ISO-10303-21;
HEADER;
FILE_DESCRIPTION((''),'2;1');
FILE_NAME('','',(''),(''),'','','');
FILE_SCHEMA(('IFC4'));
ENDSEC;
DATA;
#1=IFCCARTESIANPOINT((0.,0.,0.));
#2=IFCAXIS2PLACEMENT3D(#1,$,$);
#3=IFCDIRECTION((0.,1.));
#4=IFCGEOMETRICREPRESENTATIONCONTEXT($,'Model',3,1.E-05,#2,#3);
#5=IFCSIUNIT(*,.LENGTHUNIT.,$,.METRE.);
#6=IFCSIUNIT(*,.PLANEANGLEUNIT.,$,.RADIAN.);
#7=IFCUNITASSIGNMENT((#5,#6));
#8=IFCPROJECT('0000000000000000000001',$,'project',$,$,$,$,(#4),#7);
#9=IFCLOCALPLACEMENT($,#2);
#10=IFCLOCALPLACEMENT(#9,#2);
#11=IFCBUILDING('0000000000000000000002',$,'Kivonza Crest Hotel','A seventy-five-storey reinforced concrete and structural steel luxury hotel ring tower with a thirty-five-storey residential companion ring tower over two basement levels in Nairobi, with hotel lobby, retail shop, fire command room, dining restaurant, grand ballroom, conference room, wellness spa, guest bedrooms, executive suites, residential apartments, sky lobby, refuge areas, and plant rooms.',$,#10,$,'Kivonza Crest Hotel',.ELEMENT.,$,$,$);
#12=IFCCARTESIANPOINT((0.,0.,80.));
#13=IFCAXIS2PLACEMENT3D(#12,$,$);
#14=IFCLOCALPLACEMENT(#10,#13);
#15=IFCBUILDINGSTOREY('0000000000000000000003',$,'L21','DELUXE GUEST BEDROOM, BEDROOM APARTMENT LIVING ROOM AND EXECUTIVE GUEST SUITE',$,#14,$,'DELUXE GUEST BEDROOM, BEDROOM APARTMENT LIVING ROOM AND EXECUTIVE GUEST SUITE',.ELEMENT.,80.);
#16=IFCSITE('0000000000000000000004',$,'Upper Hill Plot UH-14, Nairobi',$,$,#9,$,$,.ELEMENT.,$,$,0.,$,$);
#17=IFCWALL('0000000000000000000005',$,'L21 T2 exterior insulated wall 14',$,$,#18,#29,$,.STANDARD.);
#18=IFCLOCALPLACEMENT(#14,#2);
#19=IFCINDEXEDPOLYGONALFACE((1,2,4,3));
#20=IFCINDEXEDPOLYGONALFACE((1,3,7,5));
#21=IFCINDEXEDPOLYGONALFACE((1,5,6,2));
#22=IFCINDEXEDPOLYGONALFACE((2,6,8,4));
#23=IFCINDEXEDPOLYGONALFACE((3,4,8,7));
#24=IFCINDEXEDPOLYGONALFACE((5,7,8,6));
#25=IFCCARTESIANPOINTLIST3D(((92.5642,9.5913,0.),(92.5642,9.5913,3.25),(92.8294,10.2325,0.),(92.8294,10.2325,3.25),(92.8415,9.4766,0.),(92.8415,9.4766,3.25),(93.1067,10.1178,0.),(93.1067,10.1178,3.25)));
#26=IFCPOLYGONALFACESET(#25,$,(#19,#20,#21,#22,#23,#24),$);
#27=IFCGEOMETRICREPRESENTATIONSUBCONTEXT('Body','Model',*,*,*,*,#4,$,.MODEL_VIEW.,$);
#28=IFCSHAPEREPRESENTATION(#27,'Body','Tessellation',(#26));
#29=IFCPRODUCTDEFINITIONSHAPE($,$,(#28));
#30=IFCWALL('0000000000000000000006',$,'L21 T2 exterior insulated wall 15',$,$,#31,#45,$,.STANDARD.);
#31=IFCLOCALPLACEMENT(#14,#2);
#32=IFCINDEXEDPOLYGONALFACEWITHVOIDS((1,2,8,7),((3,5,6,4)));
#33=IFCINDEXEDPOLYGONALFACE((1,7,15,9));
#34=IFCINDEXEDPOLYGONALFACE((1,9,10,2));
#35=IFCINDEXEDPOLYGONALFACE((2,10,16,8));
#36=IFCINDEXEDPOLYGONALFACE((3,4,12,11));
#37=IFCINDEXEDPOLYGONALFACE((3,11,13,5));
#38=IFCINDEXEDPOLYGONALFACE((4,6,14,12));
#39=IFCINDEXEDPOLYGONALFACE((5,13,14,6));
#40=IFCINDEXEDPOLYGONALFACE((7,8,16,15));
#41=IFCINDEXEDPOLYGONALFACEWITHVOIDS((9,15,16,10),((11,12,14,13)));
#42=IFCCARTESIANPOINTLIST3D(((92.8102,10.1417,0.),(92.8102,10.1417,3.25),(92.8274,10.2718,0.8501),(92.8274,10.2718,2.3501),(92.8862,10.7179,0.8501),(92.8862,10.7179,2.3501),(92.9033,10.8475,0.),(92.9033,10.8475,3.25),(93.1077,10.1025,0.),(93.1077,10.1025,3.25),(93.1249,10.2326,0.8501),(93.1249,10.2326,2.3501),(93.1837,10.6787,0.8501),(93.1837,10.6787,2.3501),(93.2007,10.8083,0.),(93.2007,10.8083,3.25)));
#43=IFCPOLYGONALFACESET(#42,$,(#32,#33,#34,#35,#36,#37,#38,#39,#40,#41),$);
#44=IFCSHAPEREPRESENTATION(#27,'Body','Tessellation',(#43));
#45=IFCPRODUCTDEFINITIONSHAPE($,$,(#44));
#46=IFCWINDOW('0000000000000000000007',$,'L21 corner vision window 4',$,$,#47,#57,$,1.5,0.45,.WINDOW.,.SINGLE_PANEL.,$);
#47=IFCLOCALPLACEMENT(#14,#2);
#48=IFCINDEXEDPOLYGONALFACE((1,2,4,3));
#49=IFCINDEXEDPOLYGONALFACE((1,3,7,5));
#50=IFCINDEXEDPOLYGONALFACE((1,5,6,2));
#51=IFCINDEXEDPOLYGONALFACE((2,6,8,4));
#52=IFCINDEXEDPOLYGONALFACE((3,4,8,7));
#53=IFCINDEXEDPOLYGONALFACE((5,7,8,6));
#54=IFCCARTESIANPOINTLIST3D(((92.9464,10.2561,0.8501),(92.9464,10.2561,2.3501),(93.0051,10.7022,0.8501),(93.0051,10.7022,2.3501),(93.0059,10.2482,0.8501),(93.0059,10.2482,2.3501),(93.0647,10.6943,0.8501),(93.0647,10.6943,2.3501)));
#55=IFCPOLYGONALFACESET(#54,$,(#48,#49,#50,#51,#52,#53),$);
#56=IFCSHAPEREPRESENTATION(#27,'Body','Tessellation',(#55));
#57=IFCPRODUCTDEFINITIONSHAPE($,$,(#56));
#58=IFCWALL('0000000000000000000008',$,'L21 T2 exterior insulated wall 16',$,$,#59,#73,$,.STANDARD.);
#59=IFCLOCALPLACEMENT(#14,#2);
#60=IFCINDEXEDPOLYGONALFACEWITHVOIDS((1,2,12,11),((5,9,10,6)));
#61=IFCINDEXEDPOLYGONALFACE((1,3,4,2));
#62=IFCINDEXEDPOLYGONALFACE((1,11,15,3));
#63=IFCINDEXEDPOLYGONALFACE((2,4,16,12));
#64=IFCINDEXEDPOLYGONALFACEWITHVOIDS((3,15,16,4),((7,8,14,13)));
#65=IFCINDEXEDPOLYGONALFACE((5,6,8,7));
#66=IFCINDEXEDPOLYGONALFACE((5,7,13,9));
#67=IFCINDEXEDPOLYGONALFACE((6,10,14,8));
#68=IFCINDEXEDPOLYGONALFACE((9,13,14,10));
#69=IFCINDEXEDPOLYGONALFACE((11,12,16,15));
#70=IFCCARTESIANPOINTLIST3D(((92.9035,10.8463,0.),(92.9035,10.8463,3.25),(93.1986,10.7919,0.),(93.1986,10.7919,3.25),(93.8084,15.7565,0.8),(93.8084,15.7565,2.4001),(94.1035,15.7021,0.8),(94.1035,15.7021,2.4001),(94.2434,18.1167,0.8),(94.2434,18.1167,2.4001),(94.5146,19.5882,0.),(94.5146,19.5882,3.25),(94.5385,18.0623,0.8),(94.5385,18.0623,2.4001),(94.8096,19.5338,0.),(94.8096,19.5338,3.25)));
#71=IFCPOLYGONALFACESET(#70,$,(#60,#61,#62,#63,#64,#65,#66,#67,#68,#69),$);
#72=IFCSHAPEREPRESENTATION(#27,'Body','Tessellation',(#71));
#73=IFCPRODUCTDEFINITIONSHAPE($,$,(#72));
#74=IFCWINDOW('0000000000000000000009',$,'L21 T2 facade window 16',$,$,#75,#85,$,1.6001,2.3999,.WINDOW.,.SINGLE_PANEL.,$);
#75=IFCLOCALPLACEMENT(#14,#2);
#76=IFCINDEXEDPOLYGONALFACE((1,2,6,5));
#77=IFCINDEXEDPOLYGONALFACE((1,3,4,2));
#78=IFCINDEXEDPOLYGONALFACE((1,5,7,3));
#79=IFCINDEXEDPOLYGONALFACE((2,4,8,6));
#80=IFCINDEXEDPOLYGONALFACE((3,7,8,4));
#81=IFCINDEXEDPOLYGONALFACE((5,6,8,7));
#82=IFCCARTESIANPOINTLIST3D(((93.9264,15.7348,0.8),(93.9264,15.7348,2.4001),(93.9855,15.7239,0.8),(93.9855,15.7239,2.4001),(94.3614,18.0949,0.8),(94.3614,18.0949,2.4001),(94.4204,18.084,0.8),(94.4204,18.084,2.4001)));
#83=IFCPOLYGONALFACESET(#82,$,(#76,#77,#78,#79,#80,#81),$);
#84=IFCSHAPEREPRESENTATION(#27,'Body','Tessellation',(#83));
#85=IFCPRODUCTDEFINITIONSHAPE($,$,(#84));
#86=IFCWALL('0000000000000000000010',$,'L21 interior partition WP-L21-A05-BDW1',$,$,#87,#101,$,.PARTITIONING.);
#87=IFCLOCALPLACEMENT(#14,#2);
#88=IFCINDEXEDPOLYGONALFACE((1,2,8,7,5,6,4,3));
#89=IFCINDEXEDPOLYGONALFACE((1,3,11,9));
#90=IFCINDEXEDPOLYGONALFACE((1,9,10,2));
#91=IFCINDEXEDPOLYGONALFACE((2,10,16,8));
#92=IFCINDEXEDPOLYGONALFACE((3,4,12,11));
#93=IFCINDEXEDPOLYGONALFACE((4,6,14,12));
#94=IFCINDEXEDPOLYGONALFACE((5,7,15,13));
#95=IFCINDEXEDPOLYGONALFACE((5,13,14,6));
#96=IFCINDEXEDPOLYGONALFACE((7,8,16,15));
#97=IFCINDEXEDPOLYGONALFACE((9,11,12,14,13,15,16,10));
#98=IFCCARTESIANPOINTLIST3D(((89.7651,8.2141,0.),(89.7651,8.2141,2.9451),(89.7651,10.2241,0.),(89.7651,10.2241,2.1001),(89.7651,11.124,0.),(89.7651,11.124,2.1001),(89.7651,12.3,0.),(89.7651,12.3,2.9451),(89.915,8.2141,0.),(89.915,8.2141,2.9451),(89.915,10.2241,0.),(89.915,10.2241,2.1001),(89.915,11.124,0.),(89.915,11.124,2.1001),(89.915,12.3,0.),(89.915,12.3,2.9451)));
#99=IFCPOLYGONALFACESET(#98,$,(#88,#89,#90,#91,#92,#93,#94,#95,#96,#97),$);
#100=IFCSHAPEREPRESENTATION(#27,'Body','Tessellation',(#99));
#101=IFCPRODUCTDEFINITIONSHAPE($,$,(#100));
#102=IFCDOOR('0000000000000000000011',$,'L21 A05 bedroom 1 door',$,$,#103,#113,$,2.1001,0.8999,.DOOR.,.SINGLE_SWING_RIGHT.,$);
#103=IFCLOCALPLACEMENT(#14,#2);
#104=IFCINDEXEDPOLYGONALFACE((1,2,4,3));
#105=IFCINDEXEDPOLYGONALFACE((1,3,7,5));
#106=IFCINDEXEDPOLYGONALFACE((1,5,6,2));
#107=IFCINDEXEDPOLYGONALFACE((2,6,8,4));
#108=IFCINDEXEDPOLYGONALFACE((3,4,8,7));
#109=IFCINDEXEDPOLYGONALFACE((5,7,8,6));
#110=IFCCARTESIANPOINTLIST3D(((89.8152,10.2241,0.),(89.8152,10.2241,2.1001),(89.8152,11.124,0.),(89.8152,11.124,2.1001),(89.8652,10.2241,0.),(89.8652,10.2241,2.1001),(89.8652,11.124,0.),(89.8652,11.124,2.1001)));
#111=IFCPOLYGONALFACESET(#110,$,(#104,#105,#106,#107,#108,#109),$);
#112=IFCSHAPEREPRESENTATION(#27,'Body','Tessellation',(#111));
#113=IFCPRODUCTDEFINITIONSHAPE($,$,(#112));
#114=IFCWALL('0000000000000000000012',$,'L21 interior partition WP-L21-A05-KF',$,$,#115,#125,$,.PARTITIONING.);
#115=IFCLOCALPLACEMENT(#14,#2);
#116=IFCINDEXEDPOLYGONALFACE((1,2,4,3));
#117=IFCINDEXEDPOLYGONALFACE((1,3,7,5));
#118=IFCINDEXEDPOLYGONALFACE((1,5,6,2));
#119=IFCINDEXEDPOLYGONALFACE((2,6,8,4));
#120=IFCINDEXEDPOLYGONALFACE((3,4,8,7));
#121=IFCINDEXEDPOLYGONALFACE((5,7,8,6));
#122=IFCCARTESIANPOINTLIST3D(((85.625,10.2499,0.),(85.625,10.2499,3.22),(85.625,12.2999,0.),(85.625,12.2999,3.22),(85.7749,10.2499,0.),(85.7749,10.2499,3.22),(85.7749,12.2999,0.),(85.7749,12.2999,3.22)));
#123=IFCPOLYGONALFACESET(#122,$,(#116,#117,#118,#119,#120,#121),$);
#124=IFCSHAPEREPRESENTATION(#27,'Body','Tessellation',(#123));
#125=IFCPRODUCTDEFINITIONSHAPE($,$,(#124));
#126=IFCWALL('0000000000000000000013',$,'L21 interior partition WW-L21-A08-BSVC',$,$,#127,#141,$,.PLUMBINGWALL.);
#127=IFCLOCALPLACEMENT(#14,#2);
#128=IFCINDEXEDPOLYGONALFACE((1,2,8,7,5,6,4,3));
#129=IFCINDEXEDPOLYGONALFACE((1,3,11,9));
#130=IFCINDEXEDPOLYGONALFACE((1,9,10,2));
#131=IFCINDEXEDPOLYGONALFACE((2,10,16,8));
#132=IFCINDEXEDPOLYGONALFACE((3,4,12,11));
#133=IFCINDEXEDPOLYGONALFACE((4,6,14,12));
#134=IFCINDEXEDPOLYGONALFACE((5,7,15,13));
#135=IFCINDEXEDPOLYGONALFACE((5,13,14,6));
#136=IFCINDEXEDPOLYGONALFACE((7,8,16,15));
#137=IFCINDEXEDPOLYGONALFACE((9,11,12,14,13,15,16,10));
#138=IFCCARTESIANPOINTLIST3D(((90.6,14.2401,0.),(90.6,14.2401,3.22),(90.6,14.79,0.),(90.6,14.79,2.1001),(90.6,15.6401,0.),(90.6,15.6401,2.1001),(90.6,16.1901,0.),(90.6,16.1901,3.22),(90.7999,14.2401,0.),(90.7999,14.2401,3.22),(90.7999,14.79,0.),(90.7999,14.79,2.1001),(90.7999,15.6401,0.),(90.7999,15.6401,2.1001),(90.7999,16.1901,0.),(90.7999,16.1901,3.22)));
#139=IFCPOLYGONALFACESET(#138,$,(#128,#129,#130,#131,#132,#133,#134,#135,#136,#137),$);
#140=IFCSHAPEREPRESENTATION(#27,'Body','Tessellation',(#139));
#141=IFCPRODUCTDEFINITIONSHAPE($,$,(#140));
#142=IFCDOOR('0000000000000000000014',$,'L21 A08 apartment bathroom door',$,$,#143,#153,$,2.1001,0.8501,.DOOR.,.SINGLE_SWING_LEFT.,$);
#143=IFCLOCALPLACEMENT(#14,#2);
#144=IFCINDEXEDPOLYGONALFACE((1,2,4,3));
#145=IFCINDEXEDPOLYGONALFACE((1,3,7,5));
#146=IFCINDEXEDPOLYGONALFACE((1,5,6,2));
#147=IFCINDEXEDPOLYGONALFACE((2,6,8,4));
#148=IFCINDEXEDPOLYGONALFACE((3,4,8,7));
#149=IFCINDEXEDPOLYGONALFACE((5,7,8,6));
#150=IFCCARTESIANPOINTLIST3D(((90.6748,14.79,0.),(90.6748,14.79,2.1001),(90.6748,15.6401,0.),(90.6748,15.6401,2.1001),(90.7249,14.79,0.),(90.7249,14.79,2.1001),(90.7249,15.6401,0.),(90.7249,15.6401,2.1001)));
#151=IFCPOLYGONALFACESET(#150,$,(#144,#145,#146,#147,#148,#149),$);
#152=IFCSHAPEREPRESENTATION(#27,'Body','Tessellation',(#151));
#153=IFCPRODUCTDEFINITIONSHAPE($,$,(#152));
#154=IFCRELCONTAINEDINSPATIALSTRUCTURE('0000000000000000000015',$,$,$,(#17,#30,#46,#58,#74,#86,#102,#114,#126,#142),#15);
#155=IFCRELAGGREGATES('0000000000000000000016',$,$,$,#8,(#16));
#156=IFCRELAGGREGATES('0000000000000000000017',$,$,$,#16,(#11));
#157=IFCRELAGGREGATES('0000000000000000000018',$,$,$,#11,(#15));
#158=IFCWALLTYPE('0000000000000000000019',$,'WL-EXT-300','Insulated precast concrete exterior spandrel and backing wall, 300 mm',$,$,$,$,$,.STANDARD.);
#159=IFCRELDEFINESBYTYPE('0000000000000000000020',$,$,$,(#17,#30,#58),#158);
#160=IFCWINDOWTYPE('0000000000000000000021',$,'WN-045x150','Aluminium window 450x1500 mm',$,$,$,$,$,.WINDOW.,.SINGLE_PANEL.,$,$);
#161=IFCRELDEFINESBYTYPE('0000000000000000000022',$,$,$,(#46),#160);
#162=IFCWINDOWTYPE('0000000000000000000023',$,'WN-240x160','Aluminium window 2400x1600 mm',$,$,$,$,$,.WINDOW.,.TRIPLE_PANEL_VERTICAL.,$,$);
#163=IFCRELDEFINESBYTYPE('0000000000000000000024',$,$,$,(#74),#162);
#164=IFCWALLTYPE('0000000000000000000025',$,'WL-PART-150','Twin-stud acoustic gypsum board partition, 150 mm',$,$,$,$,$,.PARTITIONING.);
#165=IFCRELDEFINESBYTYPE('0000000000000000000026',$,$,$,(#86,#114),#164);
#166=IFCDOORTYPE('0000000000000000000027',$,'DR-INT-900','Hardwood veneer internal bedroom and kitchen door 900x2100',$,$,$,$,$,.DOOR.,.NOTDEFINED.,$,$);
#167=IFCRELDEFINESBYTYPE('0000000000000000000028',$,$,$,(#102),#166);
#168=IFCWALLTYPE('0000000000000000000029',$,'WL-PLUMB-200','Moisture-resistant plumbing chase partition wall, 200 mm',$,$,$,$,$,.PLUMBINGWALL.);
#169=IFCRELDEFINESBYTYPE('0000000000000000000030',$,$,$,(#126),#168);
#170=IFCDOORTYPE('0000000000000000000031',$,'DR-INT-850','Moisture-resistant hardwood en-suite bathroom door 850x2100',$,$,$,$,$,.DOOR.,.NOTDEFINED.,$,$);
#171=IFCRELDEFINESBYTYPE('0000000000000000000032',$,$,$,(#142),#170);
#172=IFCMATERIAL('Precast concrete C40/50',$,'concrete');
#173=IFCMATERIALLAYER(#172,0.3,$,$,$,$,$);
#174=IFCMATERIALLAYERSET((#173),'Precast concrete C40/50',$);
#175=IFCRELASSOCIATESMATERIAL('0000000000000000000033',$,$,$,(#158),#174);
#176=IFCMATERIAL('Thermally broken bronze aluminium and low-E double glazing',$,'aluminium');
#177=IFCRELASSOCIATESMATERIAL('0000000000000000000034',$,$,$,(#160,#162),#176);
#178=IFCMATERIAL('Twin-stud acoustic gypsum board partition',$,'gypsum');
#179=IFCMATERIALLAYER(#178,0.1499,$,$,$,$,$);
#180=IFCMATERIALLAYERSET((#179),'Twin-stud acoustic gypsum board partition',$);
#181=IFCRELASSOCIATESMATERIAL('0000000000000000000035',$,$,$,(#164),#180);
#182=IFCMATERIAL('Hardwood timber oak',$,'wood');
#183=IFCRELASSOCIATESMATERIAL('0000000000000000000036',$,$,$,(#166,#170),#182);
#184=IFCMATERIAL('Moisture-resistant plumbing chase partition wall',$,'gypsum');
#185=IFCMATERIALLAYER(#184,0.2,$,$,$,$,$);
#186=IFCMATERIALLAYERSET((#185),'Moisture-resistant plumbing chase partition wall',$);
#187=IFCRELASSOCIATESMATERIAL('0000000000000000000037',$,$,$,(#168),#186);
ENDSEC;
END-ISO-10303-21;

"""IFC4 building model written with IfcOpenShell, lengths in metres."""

from ifc_helpers import new_model, si_unit, direction, frame, frame_2d, origin, place, context, subcontext, project, spatial, rectangle, extrude, material, layer, layer_set, type_object, element, fill, save


model = new_model("IFC4")

# Units and contexts
model_context = context("Model", 3, precision=1e-05, world=origin(), true_north=direction((0.0, 1.0)))
body_context = subcontext(model_context, "Body", "Model", "MODEL_VIEW")
ifc_project = project(units=[si_unit("LENGTHUNIT", "METRE"), si_unit("PLANEANGLEUNIT", "RADIAN")], contexts=[model_context])

# Site, building, storey
site_placement = place(None, origin())
site = spatial("IfcSite", under=ifc_project, at=site_placement, Name="Upper Hill Plot UH-14, Nairobi", CompositionType="ELEMENT", RefElevation=0.0)
building_placement = place(site_placement, origin())
building = spatial("IfcBuilding", under=site, at=building_placement, Name="Kivonza Crest Hotel", Description="A seventy-five-storey reinforced concrete and structural steel luxury hotel ring tower with a thirty-five-storey residential companion ring tower over two basement levels in Nairobi, with hotel lobby, retail shop, fire command room, dining restaurant, grand ballroom, conference room, wellness spa, guest bedrooms, executive suites, residential apartments, sky lobby, refuge areas, and plant rooms.", LongName="Kivonza Crest Hotel", CompositionType="ELEMENT")
storey_placement = place(building_placement, frame((0.0, 0.0, 80.0)))
storey = spatial("IfcBuildingStorey", under=building, at=storey_placement, Name="L21", Description="DELUXE GUEST BEDROOM, BEDROOM APARTMENT LIVING ROOM AND EXECUTIVE GUEST SUITE", LongName="DELUXE GUEST BEDROOM, BEDROOM APARTMENT LIVING ROOM AND EXECUTIVE GUEST SUITE", CompositionType="ELEMENT", Elevation=80.0)

# Shared definitions
ifc_material_1 = material(Name="Hardwood timber oak", Category="wood")

# Wall
ifc_material_2 = material(Name="Precast concrete C40/50", Category="concrete")
ifc_layer_1 = layer(ifc_material_2, 0.3)
ifc_layer_set_1 = layer_set([ifc_layer_1], Name="Precast concrete C40/50")
wall_type_1 = type_object("IfcWallType", Name="WL-EXT-300", Description="Insulated precast concrete exterior spandrel and backing wall, 300 mm", PredefinedType="STANDARD", material=ifc_layer_set_1)
for number, where, z_axis, x_axis, name in (
    (1, (92.7029, 9.5339, 0.0), (0.0, 0.0, 1.0), (0.382165, 0.924094, 0.0), "L21 T2 exterior insulated wall 14"),
):
    element("IfcWall", number, at=place(storey_placement, frame(where, z_axis=z_axis, x_axis=x_axis)), inside=storey, type_object=wall_type_1, Name=name, PredefinedType="STANDARD", context=body_context, shape_type="SweptSolid", body=[
        extrude(rectangle(XDim=0.6938, YDim=0.3, at=frame_2d((0.3469, 0.0))), origin(), (0.0, 0.0, 1.0), 3.25),
    ])

# Walls, openings, windows
wall_1_placement = place(storey_placement, frame((92.959, 10.1221, 0.0), z_axis=(0.0, 0.0, 1.0), x_axis=(0.130659, 0.991427, 0.0)))
wall_1 = element("IfcWall", 2, at=wall_1_placement, inside=storey, type_object=wall_type_1, Name="L21 T2 exterior insulated wall 15", PredefinedType="STANDARD", context=body_context, shape_type="SweptSolid", body=[
    extrude(rectangle(XDim=0.7119, YDim=0.3, at=frame_2d((0.356, 0.0))), origin(), (0.0, 0.0, 1.0), 3.25),
])
opening_1_placement = place(wall_1_placement, frame((0.1311, 0.0, 0.8501)))
opening_1 = element("IfcOpeningElement", 3, at=opening_1_placement, cuts=wall_1, PredefinedType="OPENING", context=body_context, shape_type="SweptSolid", body=[
    extrude(rectangle(XDim=0.45, YDim=1.5, at=frame_2d((0.2251, 0.75))), frame((0.0, 0.1602, 0.0), z_axis=(0.0, -1.0, 0.0), x_axis=(1.0, 0.0, 0.0)), (0.0, 0.0, 1.0), 0.3201),
])
ifc_material_3 = material(Name="Thermally broken bronze aluminium and low-E double glazing", Category="aluminium")
window_type_1 = type_object("IfcWindowType", Name="WN-045x150", Description="Aluminium window 450x1500 mm", PartitioningType="SINGLE_PANEL", PredefinedType="WINDOW", material=ifc_material_3)
window_1_placement = place(opening_1_placement, origin())
window_1 = element("IfcWindow", 4, at=window_1_placement, inside=storey, type_object=window_type_1, Name="L21 corner vision window 4", OverallHeight=1.5, OverallWidth=0.45, PartitioningType="SINGLE_PANEL", PredefinedType="WINDOW", context=body_context, shape_type="SweptSolid", body=[
    extrude(rectangle(XDim=0.45, YDim=1.5, at=frame_2d((0.2251, 0.75))), frame((0.0, 0.03, 0.0), z_axis=(0.0, -1.0, 0.0), x_axis=(1.0, 0.0, 0.0)), (0.0, 0.0, 1.0), 0.0601),
])
fill(opening_1, window_1)
wall_2_placement = place(storey_placement, frame((93.051, 10.8191, 0.0), z_axis=(0.0, 0.0, 1.0), x_axis=(0.181241, 0.983439, 0.0)))
wall_2 = element("IfcWall", 5, at=wall_2_placement, inside=storey, type_object=wall_type_1, Name="L21 T2 exterior insulated wall 16", PredefinedType="STANDARD", context=body_context, shape_type="SweptSolid", body=[
    extrude(rectangle(XDim=8.8892, YDim=0.3, at=frame_2d((4.4446, 0.0))), origin(), (0.0, 0.0, 1.0), 3.25),
])
opening_2_placement = place(wall_2_placement, frame((4.9929, 0.0, 0.8)))
opening_2 = element("IfcOpeningElement", 6, at=opening_2_placement, cuts=wall_2, PredefinedType="OPENING", context=body_context, shape_type="SweptSolid", body=[
    extrude(rectangle(XDim=2.3999, YDim=1.6001, at=frame_2d((1.2, 0.8))), frame((0.0, 0.1602, 0.0), z_axis=(0.0, -1.0, 0.0), x_axis=(1.0, 0.0, 0.0)), (0.0, 0.0, 1.0), 0.3201),
])
window_type_2 = type_object("IfcWindowType", Name="WN-240x160", Description="Aluminium window 2400x1600 mm", PartitioningType="TRIPLE_PANEL_VERTICAL", PredefinedType="WINDOW", material=ifc_material_3)
window_2_placement = place(opening_2_placement, origin())
window_2 = element("IfcWindow", 7, at=window_2_placement, inside=storey, type_object=window_type_2, Name="L21 T2 facade window 16", OverallHeight=1.6001, OverallWidth=2.3999, PartitioningType="SINGLE_PANEL", PredefinedType="WINDOW", context=body_context, shape_type="SweptSolid", body=[
    extrude(rectangle(XDim=2.3999, YDim=1.6001, at=frame_2d((1.2, 0.8))), frame((0.0, 0.03, 0.0), z_axis=(0.0, -1.0, 0.0), x_axis=(1.0, 0.0, 0.0)), (0.0, 0.0, 1.0), 0.0601),
])
fill(opening_2, window_2)

# Wall, opening, door
ifc_material_4 = material(Name="Twin-stud acoustic gypsum board partition", Category="gypsum")
ifc_layer_2 = layer(ifc_material_4, 0.1499)
ifc_layer_set_2 = layer_set([ifc_layer_2], Name="Twin-stud acoustic gypsum board partition")
wall_type_2 = type_object("IfcWallType", Name="WL-PART-150", Description="Twin-stud acoustic gypsum board partition, 150 mm", PredefinedType="PARTITIONING", material=ifc_layer_set_2)
wall_3_placement = place(storey_placement, frame((89.8401, 8.2141, 0.0), z_axis=(0.0, 0.0, 1.0), x_axis=(0.0, 1.0, 0.0)))
wall_3 = element("IfcWall", 8, at=wall_3_placement, inside=storey, type_object=wall_type_2, Name="L21 interior partition WP-L21-A05-BDW1", PredefinedType="PARTITIONING", context=body_context, shape_type="SweptSolid", body=[
    extrude(rectangle(XDim=4.0859, YDim=0.1499, at=frame_2d((2.043, 0.0))), origin(), (0.0, 0.0, 1.0), 2.9451),
])
opening_3_placement = place(wall_3_placement, frame((2.01, 0.0, 0.0)))
opening_3 = element("IfcOpeningElement", 9, at=opening_3_placement, cuts=wall_3, PredefinedType="OPENING", context=body_context, shape_type="SweptSolid", body=[
    extrude(rectangle(XDim=0.8999, YDim=2.1001, at=frame_2d((0.45, 1.05))), frame((0.0, 0.085, 0.0), z_axis=(0.0, -1.0, 0.0), x_axis=(1.0, 0.0, 0.0)), (0.0, 0.0, 1.0), 0.1699),
])
door_type_1 = type_object("IfcDoorType", Name="DR-INT-900", Description="Hardwood veneer internal bedroom and kitchen door 900x2100", OperationType="NOTDEFINED", PredefinedType="DOOR", material=ifc_material_1)
door_1_placement = place(opening_3_placement, origin())
door_1 = element("IfcDoor", 10, at=door_1_placement, inside=storey, type_object=door_type_1, Name="L21 A05 bedroom 1 door", OperationType="SINGLE_SWING_RIGHT", OverallHeight=2.1001, OverallWidth=0.8999, PredefinedType="DOOR", context=body_context, shape_type="SweptSolid", body=[
    extrude(rectangle(XDim=0.8999, YDim=2.1001, at=frame_2d((0.45, 1.05))), frame((0.0, 0.0249, 0.0), z_axis=(0.0, -1.0, 0.0), x_axis=(1.0, 0.0, 0.0)), (0.0, 0.0, 1.0), 0.05),
])
fill(opening_3, door_1)

# Wall
wall_4_placement = place(storey_placement, frame((85.7, 10.25, 0.0), z_axis=(0.0, 0.0, 1.0), x_axis=(0.0, 1.0, 0.0)))
element("IfcWall", 11, at=wall_4_placement, inside=storey, type_object=wall_type_2, Name="L21 interior partition WP-L21-A05-KF", PredefinedType="PARTITIONING", context=body_context, shape_type="SweptSolid", body=[
    extrude(rectangle(XDim=2.05, YDim=0.1499, at=frame_2d((1.0249, 0.0))), origin(), (0.0, 0.0, 1.0), 3.22),
])

# Wall, opening, door
ifc_material_5 = material(Name="Moisture-resistant plumbing chase partition wall", Category="gypsum")
ifc_layer_3 = layer(ifc_material_5, 0.2)
ifc_layer_set_3 = layer_set([ifc_layer_3], Name="Moisture-resistant plumbing chase partition wall")
wall_type_3 = type_object("IfcWallType", Name="WL-PLUMB-200", Description="Moisture-resistant plumbing chase partition wall, 200 mm", PredefinedType="PLUMBINGWALL", material=ifc_layer_set_3)
wall_5_placement = place(storey_placement, frame((90.7, 14.24, 0.0), z_axis=(0.0, 0.0, 1.0), x_axis=(0.0, 1.0, 0.0)))
wall_5 = element("IfcWall", 12, at=wall_5_placement, inside=storey, type_object=wall_type_3, Name="L21 interior partition WW-L21-A08-BSVC", PredefinedType="PLUMBINGWALL", context=body_context, shape_type="SweptSolid", body=[
    extrude(rectangle(XDim=1.95, YDim=0.2, at=frame_2d((0.9751, 0.0))), origin(), (0.0, 0.0, 1.0), 3.22),
])
opening_4_placement = place(wall_5_placement, frame((0.55, 0.0, 0.0)))
opening_4 = element("IfcOpeningElement", 13, at=opening_4_placement, cuts=wall_5, PredefinedType="OPENING", context=body_context, shape_type="SweptSolid", body=[
    extrude(rectangle(XDim=0.8501, YDim=2.1001, at=frame_2d((0.425, 1.05))), frame((0.0, 0.1099, 0.0), z_axis=(0.0, -1.0, 0.0), x_axis=(1.0, 0.0, 0.0)), (0.0, 0.0, 1.0), 0.22),
])
door_type_2 = type_object("IfcDoorType", Name="DR-INT-850", Description="Moisture-resistant hardwood en-suite bathroom door 850x2100", OperationType="NOTDEFINED", PredefinedType="DOOR", material=ifc_material_1)
door_2_placement = place(opening_4_placement, frame((0.8501, 0.0, 0.0), z_axis=(0.0, 0.0, 1.0), x_axis=(-1.0, 0.0, 0.0)))
door_2 = element("IfcDoor", 14, at=door_2_placement, inside=storey, type_object=door_type_2, Name="L21 A08 apartment bathroom door", OperationType="SINGLE_SWING_LEFT", OverallHeight=2.1001, OverallWidth=0.8501, PredefinedType="DOOR", context=body_context, shape_type="SweptSolid", body=[
    extrude(rectangle(XDim=0.8501, YDim=2.1001, at=frame_2d((0.425, 1.05))), frame((0.0, 0.0249, 0.0), z_axis=(0.0, -1.0, 0.0), x_axis=(1.0, 0.0, 0.0)), (0.0, 0.0, 1.0), 0.05),
])
fill(opening_4, door_2)

save(model, "model.ifc")
